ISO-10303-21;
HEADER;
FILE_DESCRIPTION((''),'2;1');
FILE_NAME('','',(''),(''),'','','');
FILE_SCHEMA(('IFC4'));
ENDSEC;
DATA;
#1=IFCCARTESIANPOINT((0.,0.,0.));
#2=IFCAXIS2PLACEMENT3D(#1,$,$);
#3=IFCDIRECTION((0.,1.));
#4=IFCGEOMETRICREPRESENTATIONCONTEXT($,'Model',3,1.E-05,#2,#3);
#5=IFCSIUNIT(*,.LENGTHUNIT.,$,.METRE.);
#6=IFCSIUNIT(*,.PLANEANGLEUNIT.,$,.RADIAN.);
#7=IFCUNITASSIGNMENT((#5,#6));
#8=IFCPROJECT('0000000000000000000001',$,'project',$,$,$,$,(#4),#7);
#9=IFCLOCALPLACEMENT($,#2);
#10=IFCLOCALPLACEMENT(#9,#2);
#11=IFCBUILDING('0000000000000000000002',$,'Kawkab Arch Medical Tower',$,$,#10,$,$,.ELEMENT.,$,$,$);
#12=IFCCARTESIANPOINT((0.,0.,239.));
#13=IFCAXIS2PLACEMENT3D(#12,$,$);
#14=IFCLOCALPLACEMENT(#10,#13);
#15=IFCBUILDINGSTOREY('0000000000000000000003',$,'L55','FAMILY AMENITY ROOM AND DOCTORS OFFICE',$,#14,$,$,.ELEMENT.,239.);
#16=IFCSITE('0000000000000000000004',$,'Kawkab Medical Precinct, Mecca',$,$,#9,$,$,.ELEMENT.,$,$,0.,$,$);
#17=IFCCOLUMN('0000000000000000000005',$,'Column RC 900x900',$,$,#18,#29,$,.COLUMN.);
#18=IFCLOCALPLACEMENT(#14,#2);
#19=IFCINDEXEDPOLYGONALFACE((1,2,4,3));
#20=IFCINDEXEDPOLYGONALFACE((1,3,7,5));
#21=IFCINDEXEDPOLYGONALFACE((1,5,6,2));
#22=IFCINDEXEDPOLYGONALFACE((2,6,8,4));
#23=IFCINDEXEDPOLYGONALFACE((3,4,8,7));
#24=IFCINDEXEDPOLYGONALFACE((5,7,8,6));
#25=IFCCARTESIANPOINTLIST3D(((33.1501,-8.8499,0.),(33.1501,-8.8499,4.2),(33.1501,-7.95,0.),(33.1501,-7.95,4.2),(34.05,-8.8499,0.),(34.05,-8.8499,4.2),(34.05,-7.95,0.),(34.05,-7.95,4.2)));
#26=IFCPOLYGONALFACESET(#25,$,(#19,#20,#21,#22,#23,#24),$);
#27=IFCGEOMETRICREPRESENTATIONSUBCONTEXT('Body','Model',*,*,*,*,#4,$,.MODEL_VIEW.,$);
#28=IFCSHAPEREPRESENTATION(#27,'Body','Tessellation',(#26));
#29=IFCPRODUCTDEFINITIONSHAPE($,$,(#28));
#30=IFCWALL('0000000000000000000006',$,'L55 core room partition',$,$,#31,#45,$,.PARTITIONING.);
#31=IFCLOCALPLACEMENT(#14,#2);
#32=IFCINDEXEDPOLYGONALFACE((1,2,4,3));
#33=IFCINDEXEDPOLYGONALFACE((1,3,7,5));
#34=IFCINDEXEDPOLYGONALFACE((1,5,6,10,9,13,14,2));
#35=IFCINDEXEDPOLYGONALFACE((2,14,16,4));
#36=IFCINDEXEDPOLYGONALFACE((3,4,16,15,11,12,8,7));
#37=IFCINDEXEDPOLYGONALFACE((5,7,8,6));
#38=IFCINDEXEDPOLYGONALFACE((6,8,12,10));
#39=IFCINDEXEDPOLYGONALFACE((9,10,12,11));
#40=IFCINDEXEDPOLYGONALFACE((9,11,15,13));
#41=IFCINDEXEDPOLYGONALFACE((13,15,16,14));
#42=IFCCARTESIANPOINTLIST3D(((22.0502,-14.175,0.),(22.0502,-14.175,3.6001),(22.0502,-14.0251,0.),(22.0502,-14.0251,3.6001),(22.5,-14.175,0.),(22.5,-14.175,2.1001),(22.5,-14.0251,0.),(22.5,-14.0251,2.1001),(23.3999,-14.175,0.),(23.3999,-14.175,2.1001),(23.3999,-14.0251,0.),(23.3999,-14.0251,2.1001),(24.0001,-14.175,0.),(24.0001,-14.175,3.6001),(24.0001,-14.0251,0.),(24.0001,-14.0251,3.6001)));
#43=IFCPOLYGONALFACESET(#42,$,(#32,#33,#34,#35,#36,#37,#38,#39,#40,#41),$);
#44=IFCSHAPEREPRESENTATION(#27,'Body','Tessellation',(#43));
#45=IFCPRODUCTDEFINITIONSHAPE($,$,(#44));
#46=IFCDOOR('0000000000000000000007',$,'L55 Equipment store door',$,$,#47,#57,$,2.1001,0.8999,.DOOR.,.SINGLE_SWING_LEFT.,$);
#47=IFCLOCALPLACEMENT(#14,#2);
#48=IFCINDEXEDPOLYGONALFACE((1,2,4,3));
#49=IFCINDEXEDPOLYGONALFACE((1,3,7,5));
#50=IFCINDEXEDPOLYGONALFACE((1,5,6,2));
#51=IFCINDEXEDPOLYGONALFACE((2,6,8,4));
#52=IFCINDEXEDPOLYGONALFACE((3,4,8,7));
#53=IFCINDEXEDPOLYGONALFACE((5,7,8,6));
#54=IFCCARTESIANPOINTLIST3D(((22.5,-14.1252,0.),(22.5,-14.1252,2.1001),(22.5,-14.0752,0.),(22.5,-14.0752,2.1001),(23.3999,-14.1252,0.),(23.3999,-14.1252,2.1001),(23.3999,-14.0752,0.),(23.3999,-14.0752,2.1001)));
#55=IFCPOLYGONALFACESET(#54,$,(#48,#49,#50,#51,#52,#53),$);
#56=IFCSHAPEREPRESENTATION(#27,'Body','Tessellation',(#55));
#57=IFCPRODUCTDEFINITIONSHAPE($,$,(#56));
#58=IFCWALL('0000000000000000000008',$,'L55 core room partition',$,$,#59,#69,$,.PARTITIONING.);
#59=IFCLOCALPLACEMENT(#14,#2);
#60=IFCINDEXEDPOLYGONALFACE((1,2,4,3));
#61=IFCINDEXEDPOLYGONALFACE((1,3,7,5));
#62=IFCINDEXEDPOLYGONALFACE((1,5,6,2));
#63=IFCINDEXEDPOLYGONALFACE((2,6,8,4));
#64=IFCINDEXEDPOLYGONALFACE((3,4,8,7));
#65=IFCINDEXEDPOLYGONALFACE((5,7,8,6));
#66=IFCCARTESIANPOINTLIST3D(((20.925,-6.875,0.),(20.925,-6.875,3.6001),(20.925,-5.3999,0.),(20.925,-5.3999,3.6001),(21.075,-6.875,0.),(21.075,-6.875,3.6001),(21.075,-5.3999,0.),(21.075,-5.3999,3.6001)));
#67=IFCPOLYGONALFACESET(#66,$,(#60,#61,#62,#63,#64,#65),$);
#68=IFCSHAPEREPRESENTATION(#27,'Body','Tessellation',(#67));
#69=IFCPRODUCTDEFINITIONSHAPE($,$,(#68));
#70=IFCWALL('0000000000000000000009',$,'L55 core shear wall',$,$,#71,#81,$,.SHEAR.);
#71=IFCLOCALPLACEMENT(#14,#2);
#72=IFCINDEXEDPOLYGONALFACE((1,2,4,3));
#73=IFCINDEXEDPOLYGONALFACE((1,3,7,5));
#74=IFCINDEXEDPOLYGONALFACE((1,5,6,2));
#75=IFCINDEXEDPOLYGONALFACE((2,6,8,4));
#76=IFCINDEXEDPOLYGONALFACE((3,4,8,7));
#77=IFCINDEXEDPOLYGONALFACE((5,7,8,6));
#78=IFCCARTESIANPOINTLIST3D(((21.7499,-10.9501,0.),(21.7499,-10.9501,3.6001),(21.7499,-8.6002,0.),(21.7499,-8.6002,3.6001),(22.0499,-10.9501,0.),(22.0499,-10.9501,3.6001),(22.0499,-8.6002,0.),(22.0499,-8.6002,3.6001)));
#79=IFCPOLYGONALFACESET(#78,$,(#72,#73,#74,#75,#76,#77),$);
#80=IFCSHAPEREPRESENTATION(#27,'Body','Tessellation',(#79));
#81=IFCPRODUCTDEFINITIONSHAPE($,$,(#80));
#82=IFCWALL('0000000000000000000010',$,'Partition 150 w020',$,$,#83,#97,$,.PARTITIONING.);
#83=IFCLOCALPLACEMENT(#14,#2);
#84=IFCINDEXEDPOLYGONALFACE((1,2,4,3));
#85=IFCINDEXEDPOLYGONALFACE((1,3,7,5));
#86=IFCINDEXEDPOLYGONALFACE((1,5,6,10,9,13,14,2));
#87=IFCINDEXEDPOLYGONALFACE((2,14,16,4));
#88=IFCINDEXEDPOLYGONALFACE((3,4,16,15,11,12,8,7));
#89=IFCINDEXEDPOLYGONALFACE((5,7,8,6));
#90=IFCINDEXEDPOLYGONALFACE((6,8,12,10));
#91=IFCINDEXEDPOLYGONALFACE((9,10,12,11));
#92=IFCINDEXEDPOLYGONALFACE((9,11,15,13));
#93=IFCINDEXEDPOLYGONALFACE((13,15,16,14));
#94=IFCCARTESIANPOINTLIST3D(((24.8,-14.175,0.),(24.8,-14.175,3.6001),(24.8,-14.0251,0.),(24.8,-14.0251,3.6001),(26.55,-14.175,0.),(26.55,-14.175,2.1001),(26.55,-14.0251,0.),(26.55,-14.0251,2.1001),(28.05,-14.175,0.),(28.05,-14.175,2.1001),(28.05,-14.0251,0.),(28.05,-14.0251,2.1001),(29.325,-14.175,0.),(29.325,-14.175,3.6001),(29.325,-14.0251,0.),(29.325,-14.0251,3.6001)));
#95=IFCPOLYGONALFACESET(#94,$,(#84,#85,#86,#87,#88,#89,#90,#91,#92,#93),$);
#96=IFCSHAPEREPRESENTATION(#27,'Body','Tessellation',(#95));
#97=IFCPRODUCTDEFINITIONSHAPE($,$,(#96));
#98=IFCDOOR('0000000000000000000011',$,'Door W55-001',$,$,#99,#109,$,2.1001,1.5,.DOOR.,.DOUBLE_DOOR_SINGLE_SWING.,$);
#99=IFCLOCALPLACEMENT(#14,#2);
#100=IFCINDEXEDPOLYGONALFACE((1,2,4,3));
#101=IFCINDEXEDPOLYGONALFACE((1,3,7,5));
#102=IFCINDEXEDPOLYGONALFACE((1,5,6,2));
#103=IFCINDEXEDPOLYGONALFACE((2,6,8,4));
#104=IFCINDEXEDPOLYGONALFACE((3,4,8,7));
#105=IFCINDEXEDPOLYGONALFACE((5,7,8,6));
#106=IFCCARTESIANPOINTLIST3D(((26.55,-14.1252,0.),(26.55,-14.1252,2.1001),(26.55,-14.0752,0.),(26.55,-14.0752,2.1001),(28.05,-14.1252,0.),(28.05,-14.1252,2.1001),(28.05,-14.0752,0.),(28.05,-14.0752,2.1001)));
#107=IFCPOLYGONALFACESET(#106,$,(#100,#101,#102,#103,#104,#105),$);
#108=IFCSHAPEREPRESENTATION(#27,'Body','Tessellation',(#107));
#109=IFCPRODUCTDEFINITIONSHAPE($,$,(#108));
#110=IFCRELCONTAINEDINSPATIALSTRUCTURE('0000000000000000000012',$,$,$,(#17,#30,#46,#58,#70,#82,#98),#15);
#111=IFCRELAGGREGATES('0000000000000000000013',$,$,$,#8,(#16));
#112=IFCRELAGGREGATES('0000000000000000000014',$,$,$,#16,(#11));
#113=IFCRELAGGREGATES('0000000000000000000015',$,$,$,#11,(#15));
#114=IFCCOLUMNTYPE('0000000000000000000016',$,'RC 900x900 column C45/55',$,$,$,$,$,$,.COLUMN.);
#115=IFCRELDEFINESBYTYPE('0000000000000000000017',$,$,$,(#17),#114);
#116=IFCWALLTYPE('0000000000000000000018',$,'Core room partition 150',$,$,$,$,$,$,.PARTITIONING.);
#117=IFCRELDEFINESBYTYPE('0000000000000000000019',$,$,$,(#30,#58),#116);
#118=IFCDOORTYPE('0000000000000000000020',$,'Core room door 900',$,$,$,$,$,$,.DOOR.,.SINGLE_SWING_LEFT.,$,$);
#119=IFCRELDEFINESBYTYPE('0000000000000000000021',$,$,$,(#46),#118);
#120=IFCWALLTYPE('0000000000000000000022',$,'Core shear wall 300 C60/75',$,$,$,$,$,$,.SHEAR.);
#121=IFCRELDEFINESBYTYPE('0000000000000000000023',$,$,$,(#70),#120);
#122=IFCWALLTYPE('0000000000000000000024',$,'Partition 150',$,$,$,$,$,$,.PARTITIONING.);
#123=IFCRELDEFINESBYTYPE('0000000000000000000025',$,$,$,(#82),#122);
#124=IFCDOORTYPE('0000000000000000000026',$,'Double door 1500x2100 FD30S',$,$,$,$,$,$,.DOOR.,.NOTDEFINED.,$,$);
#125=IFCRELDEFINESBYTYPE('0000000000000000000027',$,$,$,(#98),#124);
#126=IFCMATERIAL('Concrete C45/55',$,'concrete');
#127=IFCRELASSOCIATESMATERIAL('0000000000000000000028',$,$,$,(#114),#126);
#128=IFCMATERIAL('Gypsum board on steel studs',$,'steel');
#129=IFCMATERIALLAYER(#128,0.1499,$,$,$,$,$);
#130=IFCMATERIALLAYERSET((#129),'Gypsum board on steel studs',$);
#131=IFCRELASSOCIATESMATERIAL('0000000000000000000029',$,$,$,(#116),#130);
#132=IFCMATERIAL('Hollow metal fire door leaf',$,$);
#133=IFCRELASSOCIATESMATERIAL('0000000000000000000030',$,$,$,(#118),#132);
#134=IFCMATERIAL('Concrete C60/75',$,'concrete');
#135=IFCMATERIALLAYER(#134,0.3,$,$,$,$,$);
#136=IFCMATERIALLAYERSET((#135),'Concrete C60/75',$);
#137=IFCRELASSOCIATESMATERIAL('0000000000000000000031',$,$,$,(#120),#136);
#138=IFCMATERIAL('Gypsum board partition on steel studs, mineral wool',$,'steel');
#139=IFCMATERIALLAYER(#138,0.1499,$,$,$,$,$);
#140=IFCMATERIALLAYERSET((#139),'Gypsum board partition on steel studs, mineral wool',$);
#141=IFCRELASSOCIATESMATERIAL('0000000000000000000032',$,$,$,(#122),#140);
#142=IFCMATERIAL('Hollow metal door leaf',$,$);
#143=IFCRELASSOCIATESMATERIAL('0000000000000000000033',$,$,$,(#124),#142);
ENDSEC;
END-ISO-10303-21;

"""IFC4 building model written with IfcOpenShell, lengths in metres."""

from ifc_helpers import new_model, si_unit, direction, frame, frame_2d, origin, origin_2d, place, context, subcontext, project, spatial, rectangle, extrude, material, layer, layer_set, material_profile, profile_set, type_object, element, fill, save


model = new_model("IFC4")

# Units and contexts
model_context = context("Model", 3, precision=1e-05, world=origin(), true_north=direction((0.0, 1.0)))
body_context = subcontext(model_context, "Body", "Model", "MODEL_VIEW")
ifc_project = project(units=[si_unit("LENGTHUNIT", "METRE"), si_unit("PLANEANGLEUNIT", "RADIAN")], contexts=[model_context])

# Site, building, storey
site_placement = place(None, origin())
site = spatial("IfcSite", under=ifc_project, at=site_placement, Name="Kawkab Medical Precinct, Mecca", CompositionType="ELEMENT", RefElevation=0.0)
building_placement = place(site_placement, origin())
building = spatial("IfcBuilding", under=site, at=building_placement, Name="Kawkab Arch Medical Tower", CompositionType="ELEMENT")
storey_placement = place(building_placement, frame((0.0, 0.0, 239.0)))
storey = spatial("IfcBuildingStorey", under=building, at=storey_placement, Name="L55", Description="FAMILY AMENITY ROOM AND DOCTORS OFFICE", CompositionType="ELEMENT", Elevation=239.0)

# Column
ifc_material_1 = material(Name="Concrete C45/55", Category="concrete")
ifc_material_profile = material_profile(ifc_material_1, rectangle(XDim=0.8999, YDim=0.8999, at=origin_2d()), Name="RC 900x900")
ifc_profile_set = profile_set([ifc_material_profile], Name="Concrete C45/55")
column_type = type_object("IfcColumnType", Name="RC 900x900 column C45/55", PredefinedType="COLUMN", material=ifc_profile_set)
column_placement = place(storey_placement, frame((33.6001, -8.3999, 0.0), z_axis=(0.0, 0.0, 1.0), x_axis=(1.0, 0.0, 0.0)))
element("IfcColumn", 1, at=column_placement, inside=storey, type_object=column_type, Name="Column RC 900x900", PredefinedType="COLUMN", context=body_context, shape_type="SweptSolid", body=[
    extrude(rectangle(XDim=0.8999, YDim=0.8999, at=origin_2d()), origin(), (0.0, 0.0, 1.0), 4.2),
])

# Wall, opening, door
ifc_material_2 = material(Name="Gypsum board on steel studs", Category="steel")
ifc_layer_1 = layer(ifc_material_2, 0.1499)
ifc_layer_set_1 = layer_set([ifc_layer_1], Name="Gypsum board on steel studs")
wall_type_1 = type_object("IfcWallType", Name="Core room partition 150", PredefinedType="PARTITIONING", material=ifc_layer_set_1)
wall_1_placement = place(storey_placement, frame((22.05, -14.1001, 0.0), z_axis=(0.0, 0.0, 1.0), x_axis=(1.0, 0.0, 0.0)))
wall_1 = element("IfcWall", 2, at=wall_1_placement, inside=storey, type_object=wall_type_1, Name="L55 core room partition", PredefinedType="PARTITIONING", context=body_context, shape_type="SweptSolid", body=[
    extrude(rectangle(XDim=1.95, YDim=0.1499, at=frame_2d((0.9751, 0.0))), origin(), (0.0, 0.0, 1.0), 3.6001),
])
opening_1_placement = place(wall_1_placement, frame((0.45, 0.0, 0.0)))
opening_1 = element("IfcOpeningElement", 3, at=opening_1_placement, cuts=wall_1, PredefinedType="OPENING", context=body_context, shape_type="SweptSolid", body=[
    extrude(rectangle(XDim=0.8999, YDim=2.1001, at=frame_2d((0.45, 1.05))), frame((0.0, 0.085, 0.0), z_axis=(0.0, -1.0, 0.0), x_axis=(1.0, 0.0, 0.0)), (0.0, 0.0, 1.0), 0.1699),
])
ifc_material_3 = material(Name="Hollow metal fire door leaf")
door_type_1 = type_object("IfcDoorType", Name="Core room door 900", OperationType="SINGLE_SWING_LEFT", PredefinedType="DOOR", material=ifc_material_3)
door_1_placement = place(opening_1_placement, origin())
door_1 = element("IfcDoor", 4, at=door_1_placement, inside=storey, type_object=door_type_1, Name="L55 Equipment store door", OperationType="SINGLE_SWING_LEFT", OverallHeight=2.1001, OverallWidth=0.8999, PredefinedType="DOOR", context=body_context, shape_type="SweptSolid", body=[
    extrude(rectangle(XDim=0.8999, YDim=2.1001, at=frame_2d((0.45, 1.05))), frame((0.0, 0.0249, 0.0), z_axis=(0.0, -1.0, 0.0), x_axis=(1.0, 0.0, 0.0)), (0.0, 0.0, 1.0), 0.05),
])
fill(opening_1, door_1)

# Walls
wall_2_placement = place(storey_placement, frame((21.0, -6.875, 0.0), z_axis=(0.0, 0.0, 1.0), x_axis=(0.0, 1.0, 0.0)))
element("IfcWall", 5, at=wall_2_placement, inside=storey, type_object=wall_type_1, Name="L55 core room partition", PredefinedType="PARTITIONING", context=body_context, shape_type="SweptSolid", body=[
    extrude(rectangle(XDim=1.4751, YDim=0.1499, at=frame_2d((0.7375, 0.0))), origin(), (0.0, 0.0, 1.0), 3.6001),
])
ifc_material_4 = material(Name="Concrete C60/75", Category="concrete")
ifc_layer_2 = layer(ifc_material_4, 0.3)
ifc_layer_set_2 = layer_set([ifc_layer_2], Name="Concrete C60/75")
wall_type_2 = type_object("IfcWallType", Name="Core shear wall 300 C60/75", PredefinedType="SHEAR", material=ifc_layer_set_2)
wall_3_placement = place(storey_placement, frame((21.8999, -10.95, 0.0), z_axis=(0.0, 0.0, 1.0), x_axis=(0.0, 1.0, 0.0)))
element("IfcWall", 6, at=wall_3_placement, inside=storey, type_object=wall_type_2, Name="L55 core shear wall", PredefinedType="SHEAR", context=body_context, shape_type="SweptSolid", body=[
    extrude(rectangle(XDim=2.3499, YDim=0.3, at=frame_2d((1.1748, 0.0))), origin(), (0.0, 0.0, 1.0), 3.6001),
])

# Wall, opening, door
ifc_material_5 = material(Name="Gypsum board partition on steel studs, mineral wool", Category="steel")
ifc_layer_3 = layer(ifc_material_5, 0.1499)
ifc_layer_set_3 = layer_set([ifc_layer_3], Name="Gypsum board partition on steel studs, mineral wool")
wall_type_3 = type_object("IfcWallType", Name="Partition 150", PredefinedType="PARTITIONING", material=ifc_layer_set_3)
wall_4_placement = place(storey_placement, frame((24.8, -14.1001, 0.0), z_axis=(0.0, 0.0, 1.0), x_axis=(1.0, 0.0, 0.0)))
wall_4 = element("IfcWall", 7, at=wall_4_placement, inside=storey, type_object=wall_type_3, Name="Partition 150 w020", PredefinedType="PARTITIONING", context=body_context, shape_type="SweptSolid", body=[
    extrude(rectangle(XDim=4.5249, YDim=0.1499, at=frame_2d((2.2625, 0.0))), origin(), (0.0, 0.0, 1.0), 3.6001),
])
opening_2_placement = place(wall_4_placement, frame((1.75, 0.0, 0.0)))
opening_2 = element("IfcOpeningElement", 8, at=opening_2_placement, cuts=wall_4, PredefinedType="OPENING", context=body_context, shape_type="SweptSolid", body=[
    extrude(rectangle(XDim=1.5, YDim=2.1001, at=frame_2d((0.75, 1.05))), frame((0.0, 0.085, 0.0), z_axis=(0.0, -1.0, 0.0), x_axis=(1.0, 0.0, 0.0)), (0.0, 0.0, 1.0), 0.1699),
])
ifc_material_6 = material(Name="Hollow metal door leaf")
door_type_2 = type_object("IfcDoorType", Name="Double door 1500x2100 FD30S", OperationType="NOTDEFINED", PredefinedType="DOOR", material=ifc_material_6)
door_2_placement = place(opening_2_placement, origin())
door_2 = element("IfcDoor", 9, at=door_2_placement, inside=storey, type_object=door_type_2, Name="Door W55-001", OperationType="DOUBLE_DOOR_SINGLE_SWING", OverallHeight=2.1001, OverallWidth=1.5, PredefinedType="DOOR", context=body_context, shape_type="SweptSolid", body=[
    extrude(rectangle(XDim=1.5, YDim=2.1001, at=frame_2d((0.75, 1.05))), frame((0.0, 0.0249, 0.0), z_axis=(0.0, -1.0, 0.0), x_axis=(1.0, 0.0, 0.0)), (0.0, 0.0, 1.0), 0.05),
])
fill(opening_2, door_2)

save(model, "model.ifc")
